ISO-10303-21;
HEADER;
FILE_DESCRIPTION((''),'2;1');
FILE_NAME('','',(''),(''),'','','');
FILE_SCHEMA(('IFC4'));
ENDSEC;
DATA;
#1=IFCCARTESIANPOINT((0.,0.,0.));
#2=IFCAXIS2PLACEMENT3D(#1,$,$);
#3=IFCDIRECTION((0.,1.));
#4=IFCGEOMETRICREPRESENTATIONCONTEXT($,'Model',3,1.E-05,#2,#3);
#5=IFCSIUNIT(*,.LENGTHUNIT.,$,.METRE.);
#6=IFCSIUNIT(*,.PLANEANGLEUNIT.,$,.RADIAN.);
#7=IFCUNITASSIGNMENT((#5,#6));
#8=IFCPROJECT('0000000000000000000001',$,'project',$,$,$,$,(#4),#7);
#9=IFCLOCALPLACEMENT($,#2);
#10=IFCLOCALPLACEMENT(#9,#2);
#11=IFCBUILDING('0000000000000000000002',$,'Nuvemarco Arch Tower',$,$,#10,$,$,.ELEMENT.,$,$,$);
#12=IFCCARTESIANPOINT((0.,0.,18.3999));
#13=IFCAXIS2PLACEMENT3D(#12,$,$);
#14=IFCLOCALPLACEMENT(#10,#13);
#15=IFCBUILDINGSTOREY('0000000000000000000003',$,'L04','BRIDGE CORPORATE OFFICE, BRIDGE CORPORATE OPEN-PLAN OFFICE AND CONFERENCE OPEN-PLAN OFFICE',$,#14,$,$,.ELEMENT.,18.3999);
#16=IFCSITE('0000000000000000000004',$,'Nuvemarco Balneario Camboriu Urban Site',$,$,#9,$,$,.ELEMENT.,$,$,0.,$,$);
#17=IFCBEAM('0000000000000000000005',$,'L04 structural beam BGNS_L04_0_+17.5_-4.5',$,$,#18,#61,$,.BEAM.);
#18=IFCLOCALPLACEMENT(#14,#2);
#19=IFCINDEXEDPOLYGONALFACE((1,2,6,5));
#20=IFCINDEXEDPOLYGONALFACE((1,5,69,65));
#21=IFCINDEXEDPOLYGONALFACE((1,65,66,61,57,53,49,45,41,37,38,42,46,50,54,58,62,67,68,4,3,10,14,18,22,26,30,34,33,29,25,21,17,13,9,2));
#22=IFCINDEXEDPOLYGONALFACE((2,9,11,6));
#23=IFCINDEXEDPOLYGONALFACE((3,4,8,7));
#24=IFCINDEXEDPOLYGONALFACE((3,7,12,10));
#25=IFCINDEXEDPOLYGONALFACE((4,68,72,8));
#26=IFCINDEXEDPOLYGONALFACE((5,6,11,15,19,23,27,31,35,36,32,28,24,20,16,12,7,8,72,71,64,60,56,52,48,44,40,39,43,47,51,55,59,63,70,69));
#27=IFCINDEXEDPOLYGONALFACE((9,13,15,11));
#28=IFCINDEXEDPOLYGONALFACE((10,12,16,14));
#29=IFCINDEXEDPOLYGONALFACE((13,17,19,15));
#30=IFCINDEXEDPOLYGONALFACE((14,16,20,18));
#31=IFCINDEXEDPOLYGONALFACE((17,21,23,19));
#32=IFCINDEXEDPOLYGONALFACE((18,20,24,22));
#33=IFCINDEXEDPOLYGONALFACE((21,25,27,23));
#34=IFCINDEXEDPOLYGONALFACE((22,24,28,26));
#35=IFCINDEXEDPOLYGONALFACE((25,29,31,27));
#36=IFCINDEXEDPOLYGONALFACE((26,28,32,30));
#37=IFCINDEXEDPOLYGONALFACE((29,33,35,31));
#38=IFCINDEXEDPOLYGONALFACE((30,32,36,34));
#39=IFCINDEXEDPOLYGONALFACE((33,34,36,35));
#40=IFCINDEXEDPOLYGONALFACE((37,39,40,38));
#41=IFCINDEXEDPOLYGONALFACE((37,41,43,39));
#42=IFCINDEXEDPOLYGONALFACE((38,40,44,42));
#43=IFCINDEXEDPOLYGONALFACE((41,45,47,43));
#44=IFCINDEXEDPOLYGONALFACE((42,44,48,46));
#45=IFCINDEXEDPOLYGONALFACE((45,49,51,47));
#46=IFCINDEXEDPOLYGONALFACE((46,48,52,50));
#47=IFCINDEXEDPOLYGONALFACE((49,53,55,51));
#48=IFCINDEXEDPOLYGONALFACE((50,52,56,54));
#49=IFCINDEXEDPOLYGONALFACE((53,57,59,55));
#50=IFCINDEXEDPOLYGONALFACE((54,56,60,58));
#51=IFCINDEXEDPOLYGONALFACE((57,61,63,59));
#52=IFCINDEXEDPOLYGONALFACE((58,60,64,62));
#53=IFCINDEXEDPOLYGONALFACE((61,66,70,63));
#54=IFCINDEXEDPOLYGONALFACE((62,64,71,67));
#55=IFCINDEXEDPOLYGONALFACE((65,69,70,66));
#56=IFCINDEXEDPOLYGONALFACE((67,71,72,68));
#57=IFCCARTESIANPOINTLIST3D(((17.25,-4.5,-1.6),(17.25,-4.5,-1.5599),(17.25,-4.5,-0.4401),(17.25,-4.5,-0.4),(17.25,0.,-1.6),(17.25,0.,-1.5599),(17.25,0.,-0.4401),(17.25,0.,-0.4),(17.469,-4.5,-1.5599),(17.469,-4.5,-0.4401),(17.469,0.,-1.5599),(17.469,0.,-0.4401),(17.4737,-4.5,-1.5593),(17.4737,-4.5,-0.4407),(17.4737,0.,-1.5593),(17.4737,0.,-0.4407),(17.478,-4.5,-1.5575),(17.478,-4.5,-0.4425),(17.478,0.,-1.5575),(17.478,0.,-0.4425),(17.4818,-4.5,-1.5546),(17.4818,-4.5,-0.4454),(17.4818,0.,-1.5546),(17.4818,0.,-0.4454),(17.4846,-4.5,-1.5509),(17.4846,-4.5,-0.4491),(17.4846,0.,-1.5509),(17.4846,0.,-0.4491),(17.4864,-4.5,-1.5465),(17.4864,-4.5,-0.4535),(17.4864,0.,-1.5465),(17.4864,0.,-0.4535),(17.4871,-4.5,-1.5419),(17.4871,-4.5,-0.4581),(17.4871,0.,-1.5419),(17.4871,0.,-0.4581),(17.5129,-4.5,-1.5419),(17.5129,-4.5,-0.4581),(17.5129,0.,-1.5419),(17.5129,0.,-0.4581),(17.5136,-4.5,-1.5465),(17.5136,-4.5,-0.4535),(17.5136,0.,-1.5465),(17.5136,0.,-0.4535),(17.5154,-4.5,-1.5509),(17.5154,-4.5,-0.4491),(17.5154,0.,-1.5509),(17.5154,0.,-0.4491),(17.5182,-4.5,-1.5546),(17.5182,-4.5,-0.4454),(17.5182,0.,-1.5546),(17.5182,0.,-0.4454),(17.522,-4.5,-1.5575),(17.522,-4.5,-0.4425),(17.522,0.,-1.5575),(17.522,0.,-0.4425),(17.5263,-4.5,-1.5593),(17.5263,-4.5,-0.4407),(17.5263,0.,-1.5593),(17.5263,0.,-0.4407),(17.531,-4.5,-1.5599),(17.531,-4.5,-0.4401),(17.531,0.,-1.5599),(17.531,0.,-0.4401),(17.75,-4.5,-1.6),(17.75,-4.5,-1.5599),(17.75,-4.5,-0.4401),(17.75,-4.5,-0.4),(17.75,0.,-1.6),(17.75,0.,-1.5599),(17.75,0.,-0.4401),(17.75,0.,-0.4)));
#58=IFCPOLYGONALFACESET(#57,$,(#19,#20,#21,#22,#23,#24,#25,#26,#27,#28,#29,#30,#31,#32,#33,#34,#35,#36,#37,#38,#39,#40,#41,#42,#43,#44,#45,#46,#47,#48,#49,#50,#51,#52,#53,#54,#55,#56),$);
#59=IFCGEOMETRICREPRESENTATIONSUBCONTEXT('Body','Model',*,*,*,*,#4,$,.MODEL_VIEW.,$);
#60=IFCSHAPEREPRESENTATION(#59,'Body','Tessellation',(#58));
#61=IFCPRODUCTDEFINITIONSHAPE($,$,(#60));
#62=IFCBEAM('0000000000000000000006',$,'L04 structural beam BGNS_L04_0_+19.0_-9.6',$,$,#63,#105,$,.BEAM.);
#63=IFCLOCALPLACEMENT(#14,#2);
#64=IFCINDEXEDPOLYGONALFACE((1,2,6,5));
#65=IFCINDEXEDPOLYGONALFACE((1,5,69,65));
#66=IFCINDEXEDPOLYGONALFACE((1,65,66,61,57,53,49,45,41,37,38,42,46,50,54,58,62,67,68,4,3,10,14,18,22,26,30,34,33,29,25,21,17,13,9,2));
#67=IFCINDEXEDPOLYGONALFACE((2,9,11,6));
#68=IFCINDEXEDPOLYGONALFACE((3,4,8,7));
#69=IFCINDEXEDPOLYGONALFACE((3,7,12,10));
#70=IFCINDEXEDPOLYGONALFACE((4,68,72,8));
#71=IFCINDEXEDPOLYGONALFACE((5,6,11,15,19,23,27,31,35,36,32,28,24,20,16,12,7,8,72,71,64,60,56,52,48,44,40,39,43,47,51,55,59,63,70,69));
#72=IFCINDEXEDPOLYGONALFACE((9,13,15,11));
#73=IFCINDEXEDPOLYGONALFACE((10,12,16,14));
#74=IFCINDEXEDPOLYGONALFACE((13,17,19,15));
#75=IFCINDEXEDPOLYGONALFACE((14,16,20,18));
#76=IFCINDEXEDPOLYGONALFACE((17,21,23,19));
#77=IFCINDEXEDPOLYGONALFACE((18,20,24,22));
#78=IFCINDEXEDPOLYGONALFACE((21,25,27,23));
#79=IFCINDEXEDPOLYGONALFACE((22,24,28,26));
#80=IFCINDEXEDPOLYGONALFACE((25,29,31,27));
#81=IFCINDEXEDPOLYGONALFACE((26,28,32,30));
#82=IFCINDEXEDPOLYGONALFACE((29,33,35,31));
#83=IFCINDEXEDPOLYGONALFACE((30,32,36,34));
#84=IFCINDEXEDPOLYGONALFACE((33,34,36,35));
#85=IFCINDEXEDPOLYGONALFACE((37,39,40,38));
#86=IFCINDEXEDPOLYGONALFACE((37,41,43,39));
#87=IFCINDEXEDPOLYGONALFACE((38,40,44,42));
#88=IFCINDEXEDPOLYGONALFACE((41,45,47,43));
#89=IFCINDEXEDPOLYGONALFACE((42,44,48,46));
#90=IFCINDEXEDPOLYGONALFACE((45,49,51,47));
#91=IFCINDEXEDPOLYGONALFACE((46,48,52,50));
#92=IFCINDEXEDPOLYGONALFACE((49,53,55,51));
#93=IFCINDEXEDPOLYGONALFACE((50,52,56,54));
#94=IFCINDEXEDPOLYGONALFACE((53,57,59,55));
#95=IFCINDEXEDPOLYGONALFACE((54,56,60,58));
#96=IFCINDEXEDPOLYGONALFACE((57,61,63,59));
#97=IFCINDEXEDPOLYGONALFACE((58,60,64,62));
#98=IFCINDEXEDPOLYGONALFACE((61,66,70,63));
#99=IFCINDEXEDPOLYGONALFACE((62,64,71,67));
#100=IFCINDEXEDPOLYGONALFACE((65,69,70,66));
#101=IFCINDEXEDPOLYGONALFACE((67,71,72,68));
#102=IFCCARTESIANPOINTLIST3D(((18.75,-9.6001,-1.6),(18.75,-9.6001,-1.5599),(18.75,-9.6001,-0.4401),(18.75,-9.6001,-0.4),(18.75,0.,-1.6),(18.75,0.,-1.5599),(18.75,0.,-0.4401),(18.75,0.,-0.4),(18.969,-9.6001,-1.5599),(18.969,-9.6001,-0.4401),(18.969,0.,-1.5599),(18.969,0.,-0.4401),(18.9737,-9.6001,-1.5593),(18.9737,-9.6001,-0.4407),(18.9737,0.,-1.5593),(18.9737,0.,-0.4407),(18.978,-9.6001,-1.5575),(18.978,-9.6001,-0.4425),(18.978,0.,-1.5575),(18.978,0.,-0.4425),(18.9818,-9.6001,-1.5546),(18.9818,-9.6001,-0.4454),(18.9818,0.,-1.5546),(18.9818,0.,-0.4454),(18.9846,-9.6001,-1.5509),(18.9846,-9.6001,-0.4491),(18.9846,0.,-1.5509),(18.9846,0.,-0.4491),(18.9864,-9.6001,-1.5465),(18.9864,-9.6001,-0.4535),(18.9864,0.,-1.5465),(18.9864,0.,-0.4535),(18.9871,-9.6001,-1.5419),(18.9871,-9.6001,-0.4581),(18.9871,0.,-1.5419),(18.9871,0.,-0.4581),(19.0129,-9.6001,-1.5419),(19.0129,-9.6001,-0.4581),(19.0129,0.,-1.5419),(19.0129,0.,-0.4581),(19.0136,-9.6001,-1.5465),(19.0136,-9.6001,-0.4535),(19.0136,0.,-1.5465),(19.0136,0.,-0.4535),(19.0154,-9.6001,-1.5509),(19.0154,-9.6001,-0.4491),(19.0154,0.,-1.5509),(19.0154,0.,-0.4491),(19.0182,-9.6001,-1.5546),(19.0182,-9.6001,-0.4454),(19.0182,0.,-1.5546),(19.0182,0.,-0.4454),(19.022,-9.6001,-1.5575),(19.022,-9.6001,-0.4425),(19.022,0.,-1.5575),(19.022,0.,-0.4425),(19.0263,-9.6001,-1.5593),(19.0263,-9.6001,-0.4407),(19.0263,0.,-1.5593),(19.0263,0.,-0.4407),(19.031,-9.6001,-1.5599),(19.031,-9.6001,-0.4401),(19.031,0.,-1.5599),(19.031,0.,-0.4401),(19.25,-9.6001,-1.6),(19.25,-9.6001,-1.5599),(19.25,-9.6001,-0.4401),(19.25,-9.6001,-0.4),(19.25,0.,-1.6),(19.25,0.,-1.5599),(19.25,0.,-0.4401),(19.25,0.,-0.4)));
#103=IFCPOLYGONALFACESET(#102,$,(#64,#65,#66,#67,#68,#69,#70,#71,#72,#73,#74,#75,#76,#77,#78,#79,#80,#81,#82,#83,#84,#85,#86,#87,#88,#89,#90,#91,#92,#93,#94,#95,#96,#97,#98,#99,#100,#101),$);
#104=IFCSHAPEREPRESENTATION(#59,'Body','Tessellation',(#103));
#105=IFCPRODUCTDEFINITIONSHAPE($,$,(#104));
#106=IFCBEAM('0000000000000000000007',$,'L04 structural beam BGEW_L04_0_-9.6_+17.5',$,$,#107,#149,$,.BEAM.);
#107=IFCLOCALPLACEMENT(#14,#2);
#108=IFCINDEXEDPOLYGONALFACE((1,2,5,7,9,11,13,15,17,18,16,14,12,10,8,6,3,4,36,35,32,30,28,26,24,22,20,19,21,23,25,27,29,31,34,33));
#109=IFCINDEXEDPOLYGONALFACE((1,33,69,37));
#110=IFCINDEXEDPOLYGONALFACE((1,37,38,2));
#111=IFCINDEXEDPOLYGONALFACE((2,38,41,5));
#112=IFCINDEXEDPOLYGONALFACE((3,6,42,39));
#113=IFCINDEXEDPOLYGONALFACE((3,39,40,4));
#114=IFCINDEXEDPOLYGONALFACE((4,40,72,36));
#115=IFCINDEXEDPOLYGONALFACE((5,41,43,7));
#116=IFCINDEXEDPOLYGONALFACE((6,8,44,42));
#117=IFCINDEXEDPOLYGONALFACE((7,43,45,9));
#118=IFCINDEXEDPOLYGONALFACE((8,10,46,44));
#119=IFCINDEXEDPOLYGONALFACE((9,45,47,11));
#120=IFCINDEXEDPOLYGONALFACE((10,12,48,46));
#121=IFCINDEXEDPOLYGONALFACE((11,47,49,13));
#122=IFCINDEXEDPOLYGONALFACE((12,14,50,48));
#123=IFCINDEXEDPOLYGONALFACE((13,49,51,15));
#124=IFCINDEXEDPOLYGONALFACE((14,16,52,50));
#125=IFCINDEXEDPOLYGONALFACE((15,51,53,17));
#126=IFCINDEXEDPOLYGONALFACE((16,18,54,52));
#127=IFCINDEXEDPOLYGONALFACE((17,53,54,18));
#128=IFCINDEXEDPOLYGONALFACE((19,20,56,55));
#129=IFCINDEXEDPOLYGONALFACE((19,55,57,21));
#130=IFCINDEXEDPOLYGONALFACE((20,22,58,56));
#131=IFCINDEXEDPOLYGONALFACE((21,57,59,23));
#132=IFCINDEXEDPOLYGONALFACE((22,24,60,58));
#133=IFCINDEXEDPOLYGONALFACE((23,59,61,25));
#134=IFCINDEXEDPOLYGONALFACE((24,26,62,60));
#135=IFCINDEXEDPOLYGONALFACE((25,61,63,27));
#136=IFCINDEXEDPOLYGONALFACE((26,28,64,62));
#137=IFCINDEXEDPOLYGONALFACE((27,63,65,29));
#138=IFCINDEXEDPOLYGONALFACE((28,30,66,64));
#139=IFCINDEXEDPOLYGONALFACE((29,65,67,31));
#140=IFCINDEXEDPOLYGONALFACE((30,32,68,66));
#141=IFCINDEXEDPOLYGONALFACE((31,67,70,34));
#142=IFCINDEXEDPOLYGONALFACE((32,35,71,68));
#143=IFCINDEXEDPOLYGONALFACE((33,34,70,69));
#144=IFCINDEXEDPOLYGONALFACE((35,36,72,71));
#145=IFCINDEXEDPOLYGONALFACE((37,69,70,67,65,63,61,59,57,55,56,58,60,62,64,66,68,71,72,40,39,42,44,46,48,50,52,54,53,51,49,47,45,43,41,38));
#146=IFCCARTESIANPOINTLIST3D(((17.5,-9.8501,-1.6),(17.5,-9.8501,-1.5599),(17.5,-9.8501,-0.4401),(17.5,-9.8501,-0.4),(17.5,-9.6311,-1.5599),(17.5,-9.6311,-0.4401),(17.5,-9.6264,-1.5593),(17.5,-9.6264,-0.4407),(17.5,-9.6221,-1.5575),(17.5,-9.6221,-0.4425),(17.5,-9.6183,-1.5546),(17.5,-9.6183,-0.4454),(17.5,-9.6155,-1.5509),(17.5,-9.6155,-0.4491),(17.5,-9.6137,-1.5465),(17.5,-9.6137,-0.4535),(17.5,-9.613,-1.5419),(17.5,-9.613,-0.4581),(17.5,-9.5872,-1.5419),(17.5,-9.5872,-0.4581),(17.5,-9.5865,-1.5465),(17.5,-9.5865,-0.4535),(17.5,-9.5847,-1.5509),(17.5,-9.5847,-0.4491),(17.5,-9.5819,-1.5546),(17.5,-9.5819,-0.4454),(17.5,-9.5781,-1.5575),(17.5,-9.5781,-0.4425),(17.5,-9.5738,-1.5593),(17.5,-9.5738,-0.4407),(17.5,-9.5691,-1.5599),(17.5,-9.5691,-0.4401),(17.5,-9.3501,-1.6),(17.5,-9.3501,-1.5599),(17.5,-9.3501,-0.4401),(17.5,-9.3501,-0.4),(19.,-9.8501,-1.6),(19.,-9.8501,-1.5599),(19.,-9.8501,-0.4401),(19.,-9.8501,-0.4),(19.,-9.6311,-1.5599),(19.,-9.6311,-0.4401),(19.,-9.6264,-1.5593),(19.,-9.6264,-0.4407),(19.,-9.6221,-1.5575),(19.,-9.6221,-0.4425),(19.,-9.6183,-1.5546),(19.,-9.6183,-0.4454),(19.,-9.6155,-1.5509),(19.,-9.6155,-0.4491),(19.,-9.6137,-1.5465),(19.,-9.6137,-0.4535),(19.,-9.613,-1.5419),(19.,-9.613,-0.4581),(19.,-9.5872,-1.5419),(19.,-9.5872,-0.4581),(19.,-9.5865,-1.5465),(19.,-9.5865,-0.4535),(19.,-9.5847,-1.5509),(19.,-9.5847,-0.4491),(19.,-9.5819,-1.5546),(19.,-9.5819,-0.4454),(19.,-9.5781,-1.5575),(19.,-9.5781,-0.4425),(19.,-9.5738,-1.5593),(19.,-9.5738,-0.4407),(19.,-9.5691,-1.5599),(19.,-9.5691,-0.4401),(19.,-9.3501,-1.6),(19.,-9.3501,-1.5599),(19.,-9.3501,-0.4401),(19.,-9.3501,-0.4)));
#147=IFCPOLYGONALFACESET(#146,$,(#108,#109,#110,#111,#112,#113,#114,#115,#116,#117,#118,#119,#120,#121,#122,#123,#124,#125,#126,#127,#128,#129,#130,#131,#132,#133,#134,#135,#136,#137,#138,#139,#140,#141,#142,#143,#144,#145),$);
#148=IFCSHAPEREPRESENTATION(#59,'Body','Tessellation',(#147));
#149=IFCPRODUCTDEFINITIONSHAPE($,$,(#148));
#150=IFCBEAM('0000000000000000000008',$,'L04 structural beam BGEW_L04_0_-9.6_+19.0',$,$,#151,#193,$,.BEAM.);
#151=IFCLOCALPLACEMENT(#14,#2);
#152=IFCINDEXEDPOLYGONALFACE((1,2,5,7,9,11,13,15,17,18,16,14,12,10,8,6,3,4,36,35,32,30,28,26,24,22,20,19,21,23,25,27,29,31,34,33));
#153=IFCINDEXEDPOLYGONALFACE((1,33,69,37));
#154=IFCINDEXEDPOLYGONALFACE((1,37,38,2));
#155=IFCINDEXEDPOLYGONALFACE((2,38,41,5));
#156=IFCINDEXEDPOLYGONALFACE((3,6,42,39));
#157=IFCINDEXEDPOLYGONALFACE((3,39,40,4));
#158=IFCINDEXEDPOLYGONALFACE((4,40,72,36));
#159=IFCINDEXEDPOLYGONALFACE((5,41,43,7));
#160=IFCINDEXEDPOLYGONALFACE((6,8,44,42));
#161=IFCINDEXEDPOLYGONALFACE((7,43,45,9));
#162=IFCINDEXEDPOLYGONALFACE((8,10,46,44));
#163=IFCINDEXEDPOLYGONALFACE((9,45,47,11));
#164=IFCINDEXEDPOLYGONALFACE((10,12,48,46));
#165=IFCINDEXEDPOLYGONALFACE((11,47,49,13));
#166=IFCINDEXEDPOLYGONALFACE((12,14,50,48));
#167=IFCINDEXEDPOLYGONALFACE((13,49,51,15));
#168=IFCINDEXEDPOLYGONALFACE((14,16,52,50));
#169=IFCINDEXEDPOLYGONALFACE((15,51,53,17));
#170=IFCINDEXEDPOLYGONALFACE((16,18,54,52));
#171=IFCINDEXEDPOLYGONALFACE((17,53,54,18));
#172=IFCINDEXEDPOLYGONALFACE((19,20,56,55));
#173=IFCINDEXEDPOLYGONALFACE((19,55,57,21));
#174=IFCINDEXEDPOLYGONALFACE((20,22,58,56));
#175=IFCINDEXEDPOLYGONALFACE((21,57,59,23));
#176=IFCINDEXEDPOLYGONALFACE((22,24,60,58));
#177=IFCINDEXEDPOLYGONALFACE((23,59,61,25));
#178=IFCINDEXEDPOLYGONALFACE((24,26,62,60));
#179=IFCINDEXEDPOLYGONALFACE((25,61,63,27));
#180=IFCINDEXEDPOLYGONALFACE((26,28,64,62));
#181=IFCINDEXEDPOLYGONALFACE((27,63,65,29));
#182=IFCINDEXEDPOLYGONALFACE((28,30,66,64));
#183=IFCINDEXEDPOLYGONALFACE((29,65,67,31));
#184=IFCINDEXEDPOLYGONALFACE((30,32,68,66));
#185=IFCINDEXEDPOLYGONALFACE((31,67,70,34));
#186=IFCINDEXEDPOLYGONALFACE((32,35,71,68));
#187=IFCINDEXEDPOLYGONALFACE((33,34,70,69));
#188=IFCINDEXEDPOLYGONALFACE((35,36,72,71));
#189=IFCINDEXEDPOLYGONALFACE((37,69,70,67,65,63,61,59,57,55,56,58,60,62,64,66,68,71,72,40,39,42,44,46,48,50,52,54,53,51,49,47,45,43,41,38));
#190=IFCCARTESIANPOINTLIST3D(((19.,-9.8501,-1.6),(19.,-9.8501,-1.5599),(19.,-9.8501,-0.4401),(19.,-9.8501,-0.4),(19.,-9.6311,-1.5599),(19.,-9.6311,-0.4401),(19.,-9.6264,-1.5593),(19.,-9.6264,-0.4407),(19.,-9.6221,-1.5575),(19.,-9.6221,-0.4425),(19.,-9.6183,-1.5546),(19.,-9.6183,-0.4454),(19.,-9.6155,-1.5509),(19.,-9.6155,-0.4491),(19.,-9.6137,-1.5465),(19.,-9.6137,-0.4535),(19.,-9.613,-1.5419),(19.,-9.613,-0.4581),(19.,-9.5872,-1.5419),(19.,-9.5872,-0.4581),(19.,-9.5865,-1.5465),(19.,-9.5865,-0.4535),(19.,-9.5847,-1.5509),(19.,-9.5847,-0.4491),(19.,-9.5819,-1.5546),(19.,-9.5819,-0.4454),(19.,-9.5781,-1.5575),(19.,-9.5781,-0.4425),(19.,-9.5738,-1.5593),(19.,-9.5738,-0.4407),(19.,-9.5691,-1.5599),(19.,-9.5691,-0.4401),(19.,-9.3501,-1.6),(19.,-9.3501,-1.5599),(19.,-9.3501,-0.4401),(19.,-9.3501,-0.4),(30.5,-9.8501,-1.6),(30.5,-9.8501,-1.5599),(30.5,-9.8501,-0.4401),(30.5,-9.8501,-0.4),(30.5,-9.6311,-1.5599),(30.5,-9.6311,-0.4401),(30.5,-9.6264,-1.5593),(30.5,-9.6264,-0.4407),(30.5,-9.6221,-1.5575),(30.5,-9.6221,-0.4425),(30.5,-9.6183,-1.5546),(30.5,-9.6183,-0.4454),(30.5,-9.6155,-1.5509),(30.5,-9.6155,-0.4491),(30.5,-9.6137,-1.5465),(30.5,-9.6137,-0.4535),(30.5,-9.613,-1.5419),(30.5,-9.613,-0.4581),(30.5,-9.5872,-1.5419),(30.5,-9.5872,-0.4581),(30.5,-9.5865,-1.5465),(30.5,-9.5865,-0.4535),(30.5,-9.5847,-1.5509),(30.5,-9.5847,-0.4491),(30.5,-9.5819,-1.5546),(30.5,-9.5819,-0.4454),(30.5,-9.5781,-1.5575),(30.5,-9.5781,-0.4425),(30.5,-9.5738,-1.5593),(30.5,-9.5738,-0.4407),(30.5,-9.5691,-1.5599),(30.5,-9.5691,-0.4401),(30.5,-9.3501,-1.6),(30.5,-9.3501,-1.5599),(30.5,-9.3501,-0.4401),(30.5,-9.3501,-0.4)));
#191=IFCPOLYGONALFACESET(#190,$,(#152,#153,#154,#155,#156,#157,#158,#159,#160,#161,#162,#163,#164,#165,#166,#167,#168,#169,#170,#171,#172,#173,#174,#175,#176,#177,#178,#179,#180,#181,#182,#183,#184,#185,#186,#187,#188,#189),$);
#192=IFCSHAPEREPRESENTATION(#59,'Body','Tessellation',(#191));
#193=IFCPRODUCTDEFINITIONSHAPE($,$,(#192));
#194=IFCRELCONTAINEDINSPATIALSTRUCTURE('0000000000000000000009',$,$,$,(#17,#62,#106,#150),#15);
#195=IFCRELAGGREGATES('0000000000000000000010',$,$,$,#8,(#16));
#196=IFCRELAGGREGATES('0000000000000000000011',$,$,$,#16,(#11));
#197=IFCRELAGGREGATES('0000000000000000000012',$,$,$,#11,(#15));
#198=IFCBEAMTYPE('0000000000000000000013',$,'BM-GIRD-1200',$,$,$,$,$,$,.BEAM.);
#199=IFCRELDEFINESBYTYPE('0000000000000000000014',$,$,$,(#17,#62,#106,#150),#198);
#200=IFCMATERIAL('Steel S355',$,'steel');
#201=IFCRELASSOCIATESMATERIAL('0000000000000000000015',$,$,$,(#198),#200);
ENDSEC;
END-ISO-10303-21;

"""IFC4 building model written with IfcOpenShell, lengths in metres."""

from ifc_helpers import new_model, si_unit, direction, frame, origin, origin_2d, place, context, subcontext, project, spatial, i_section, extrude, material, material_profile, profile_set, type_object, element, save


model = new_model("IFC4")

# Units and contexts
model_context = context("Model", 3, precision=1e-05, world=origin(), true_north=direction((0.0, 1.0)))
body_context = subcontext(model_context, "Body", "Model", "MODEL_VIEW")
ifc_project = project(units=[si_unit("LENGTHUNIT", "METRE"), si_unit("PLANEANGLEUNIT", "RADIAN")], contexts=[model_context])

# Site, building, storey
site_placement = place(None, origin())
site = spatial("IfcSite", under=ifc_project, at=site_placement, Name="Nuvemarco Balneario Camboriu Urban Site", CompositionType="ELEMENT", RefElevation=0.0)
building_placement = place(site_placement, origin())
building = spatial("IfcBuilding", under=site, at=building_placement, Name="Nuvemarco Arch Tower", CompositionType="ELEMENT")
storey_placement = place(building_placement, frame((0.0, 0.0, 18.3999)))
storey = spatial("IfcBuildingStorey", under=building, at=storey_placement, Name="L04", Description="BRIDGE CORPORATE OFFICE, BRIDGE CORPORATE OPEN-PLAN OFFICE AND CONFERENCE OPEN-PLAN OFFICE", CompositionType="ELEMENT", Elevation=18.3999)

# Beams
ifc_material_1 = material(Name="Steel S355", Category="steel")
ifc_material_profile_1 = material_profile(ifc_material_1, i_section(OverallWidth=0.5, OverallDepth=1.2, WebThickness=0.0259, FlangeThickness=0.04, FilletRadius=0.0181, at=origin_2d()), Name="PG1200x500")
ifc_profile_set_1 = profile_set([ifc_material_profile_1], Name="Steel S355")
beam_type_1 = type_object("IfcBeamType", Name="BM-GIRD-1200", PredefinedType="BEAM", material=ifc_profile_set_1)
beam_1_placement = place(storey_placement, frame((17.5, -4.5, -1.0), z_axis=(0.0, 1.0, 0.0), x_axis=(-1.0, 0.0, 0.0)))
element("IfcBeam", 1, at=beam_1_placement, inside=storey, type_object=beam_type_1, Name="L04 structural beam BGNS_L04_0_+17.5_-4.5", PredefinedType="BEAM", context=body_context, shape_type="SweptSolid", body=[
    extrude(i_section(OverallWidth=0.5, OverallDepth=1.2, WebThickness=0.0259, FlangeThickness=0.04, FilletRadius=0.0181, at=origin_2d()), origin(), (0.0, 0.0, 1.0), 4.5),
])
beam_2_placement = place(storey_placement, frame((19.0, -9.6001, -1.0), z_axis=(0.0, 1.0, 0.0), x_axis=(-1.0, 0.0, 0.0)))
element("IfcBeam", 2, at=beam_2_placement, inside=storey, type_object=beam_type_1, Name="L04 structural beam BGNS_L04_0_+19.0_-9.6", PredefinedType="BEAM", context=body_context, shape_type="SweptSolid", body=[
    extrude(i_section(OverallWidth=0.5, OverallDepth=1.2, WebThickness=0.0259, FlangeThickness=0.04, FilletRadius=0.0181, at=origin_2d()), origin(), (0.0, 0.0, 1.0), 9.6001),
])
beam_3_placement = place(storey_placement, frame((17.5, -9.6001, -1.0), z_axis=(1.0, 0.0, 0.0), x_axis=(0.0, 1.0, 0.0)))
element("IfcBeam", 3, at=beam_3_placement, inside=storey, type_object=beam_type_1, Name="L04 structural beam BGEW_L04_0_-9.6_+17.5", PredefinedType="BEAM", context=body_context, shape_type="SweptSolid", body=[
    extrude(i_section(OverallWidth=0.5, OverallDepth=1.2, WebThickness=0.0259, FlangeThickness=0.04, FilletRadius=0.0181, at=origin_2d()), origin(), (0.0, 0.0, 1.0), 1.5),
])
beam_4_placement = place(storey_placement, frame((19.0, -9.6001, -1.0), z_axis=(1.0, 0.0, 0.0), x_axis=(0.0, 1.0, 0.0)))
element("IfcBeam", 4, at=beam_4_placement, inside=storey, type_object=beam_type_1, Name="L04 structural beam BGEW_L04_0_-9.6_+19.0", PredefinedType="BEAM", context=body_context, shape_type="SweptSolid", body=[
    extrude(i_section(OverallWidth=0.5, OverallDepth=1.2, WebThickness=0.0259, FlangeThickness=0.04, FilletRadius=0.0181, at=origin_2d()), origin(), (0.0, 0.0, 1.0), 11.5),
])

save(model, "model.ifc")
